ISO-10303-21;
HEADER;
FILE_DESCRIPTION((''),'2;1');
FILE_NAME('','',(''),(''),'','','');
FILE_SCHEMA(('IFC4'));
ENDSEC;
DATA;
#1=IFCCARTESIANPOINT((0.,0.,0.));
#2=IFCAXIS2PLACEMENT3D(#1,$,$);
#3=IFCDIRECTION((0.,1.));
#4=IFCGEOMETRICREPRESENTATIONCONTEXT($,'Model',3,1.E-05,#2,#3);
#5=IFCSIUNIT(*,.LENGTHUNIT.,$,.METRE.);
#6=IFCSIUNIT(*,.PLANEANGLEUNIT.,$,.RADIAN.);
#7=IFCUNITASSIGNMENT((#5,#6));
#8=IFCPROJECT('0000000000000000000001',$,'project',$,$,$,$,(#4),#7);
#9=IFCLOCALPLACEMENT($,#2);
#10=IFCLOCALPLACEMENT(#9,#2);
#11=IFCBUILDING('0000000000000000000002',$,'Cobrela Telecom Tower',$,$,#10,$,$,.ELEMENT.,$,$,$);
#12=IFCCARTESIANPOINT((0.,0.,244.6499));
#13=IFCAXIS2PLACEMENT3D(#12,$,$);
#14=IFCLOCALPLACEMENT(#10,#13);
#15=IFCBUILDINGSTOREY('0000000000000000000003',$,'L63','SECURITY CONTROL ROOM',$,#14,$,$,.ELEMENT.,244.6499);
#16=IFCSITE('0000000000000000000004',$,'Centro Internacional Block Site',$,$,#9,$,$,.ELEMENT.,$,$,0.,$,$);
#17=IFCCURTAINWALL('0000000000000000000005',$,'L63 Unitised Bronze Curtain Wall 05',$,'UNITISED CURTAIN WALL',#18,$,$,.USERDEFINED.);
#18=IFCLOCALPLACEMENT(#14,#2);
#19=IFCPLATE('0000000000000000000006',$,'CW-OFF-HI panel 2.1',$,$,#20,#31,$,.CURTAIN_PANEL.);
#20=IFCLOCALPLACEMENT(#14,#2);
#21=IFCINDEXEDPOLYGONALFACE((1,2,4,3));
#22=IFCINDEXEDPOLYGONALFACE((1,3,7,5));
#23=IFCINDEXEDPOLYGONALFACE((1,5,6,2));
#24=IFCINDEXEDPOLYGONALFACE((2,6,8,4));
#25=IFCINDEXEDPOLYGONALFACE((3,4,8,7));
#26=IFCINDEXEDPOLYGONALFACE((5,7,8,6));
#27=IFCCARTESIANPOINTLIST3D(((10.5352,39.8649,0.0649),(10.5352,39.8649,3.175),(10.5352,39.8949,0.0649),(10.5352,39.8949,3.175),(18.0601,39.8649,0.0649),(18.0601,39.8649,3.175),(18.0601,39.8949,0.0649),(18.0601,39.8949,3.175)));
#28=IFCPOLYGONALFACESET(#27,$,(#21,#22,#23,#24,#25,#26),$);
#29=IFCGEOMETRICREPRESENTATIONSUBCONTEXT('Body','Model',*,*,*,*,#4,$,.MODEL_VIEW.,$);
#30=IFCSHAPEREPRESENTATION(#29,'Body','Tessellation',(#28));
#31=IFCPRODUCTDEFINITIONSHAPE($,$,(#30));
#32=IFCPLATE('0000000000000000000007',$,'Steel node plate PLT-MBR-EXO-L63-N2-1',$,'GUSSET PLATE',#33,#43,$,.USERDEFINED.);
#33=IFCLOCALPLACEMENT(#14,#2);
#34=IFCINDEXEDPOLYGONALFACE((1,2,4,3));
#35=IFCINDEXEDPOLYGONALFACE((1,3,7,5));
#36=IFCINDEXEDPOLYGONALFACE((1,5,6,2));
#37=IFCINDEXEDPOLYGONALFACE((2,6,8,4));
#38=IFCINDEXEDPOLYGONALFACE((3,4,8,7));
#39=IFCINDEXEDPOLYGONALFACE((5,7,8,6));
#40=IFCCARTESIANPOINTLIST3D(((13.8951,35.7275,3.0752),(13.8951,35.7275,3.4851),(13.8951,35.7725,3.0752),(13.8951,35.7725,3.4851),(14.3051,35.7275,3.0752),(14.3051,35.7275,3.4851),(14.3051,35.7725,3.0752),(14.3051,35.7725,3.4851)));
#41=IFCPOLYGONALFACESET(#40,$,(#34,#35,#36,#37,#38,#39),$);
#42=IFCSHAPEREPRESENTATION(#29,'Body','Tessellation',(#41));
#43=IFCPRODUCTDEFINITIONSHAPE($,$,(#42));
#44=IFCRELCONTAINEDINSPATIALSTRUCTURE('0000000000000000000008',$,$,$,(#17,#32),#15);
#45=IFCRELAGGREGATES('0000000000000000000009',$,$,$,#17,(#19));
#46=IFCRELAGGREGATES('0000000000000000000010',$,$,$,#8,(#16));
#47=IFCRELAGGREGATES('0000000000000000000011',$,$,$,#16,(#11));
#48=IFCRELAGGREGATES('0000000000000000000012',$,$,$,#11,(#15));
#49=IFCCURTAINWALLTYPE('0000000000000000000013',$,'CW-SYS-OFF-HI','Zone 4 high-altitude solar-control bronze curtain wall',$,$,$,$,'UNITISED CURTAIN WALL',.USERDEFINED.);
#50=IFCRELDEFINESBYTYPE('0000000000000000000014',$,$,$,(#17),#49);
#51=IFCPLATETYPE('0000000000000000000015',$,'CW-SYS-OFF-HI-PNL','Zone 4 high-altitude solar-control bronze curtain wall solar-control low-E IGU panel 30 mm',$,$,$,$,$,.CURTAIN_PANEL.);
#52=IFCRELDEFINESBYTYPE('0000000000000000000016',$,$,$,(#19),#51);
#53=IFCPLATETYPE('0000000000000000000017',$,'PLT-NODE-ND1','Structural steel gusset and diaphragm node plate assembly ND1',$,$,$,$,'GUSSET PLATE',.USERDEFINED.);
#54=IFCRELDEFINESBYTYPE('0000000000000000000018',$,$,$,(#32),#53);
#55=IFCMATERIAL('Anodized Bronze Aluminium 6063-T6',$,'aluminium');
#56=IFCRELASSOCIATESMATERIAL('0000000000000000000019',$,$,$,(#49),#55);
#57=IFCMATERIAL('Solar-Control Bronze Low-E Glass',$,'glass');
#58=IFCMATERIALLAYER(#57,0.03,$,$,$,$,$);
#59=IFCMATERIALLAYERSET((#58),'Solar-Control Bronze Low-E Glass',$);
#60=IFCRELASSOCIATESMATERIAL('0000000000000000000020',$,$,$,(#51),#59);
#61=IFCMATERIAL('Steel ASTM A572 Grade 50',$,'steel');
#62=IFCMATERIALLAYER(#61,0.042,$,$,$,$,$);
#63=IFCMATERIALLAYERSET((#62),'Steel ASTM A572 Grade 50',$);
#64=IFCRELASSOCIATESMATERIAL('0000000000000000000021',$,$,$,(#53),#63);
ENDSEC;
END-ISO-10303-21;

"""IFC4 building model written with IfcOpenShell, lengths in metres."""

from ifc_helpers import new_model, si_unit, direction, frame, origin, origin_2d, place, context, subcontext, project, spatial, rectangle, extrude, material, layer, layer_set, type_object, element, aggregate, save


model = new_model("IFC4")

# Units and contexts
model_context = context("Model", 3, precision=1e-05, world=origin(), true_north=direction((0.0, 1.0)))
body_context = subcontext(model_context, "Body", "Model", "MODEL_VIEW")
ifc_project = project(units=[si_unit("LENGTHUNIT", "METRE"), si_unit("PLANEANGLEUNIT", "RADIAN")], contexts=[model_context])

# Site, building, storey
site_placement = place(None, origin())
site = spatial("IfcSite", under=ifc_project, at=site_placement, Name="Centro Internacional Block Site", CompositionType="ELEMENT", RefElevation=0.0)
building_placement = place(site_placement, origin())
building = spatial("IfcBuilding", under=site, at=building_placement, Name="Cobrela Telecom Tower", CompositionType="ELEMENT")
storey_placement = place(building_placement, frame((0.0, 0.0, 244.6499)))
storey = spatial("IfcBuildingStorey", under=building, at=storey_placement, Name="L63", Description="SECURITY CONTROL ROOM", CompositionType="ELEMENT", Elevation=244.6499)

# Shared definitions
ifc_material_1 = material(Name="Steel ASTM A572 Grade 50", Category="steel")

# Curtain wall
ifc_material_2 = material(Name="Anodized Bronze Aluminium 6063-T6", Category="aluminium")
curtain_wall_type = type_object("IfcCurtainWallType", Name="CW-SYS-OFF-HI", Description="Zone 4 high-altitude solar-control bronze curtain wall", ElementType="UNITISED CURTAIN WALL", PredefinedType="USERDEFINED", material=ifc_material_2)
curtain_wall_placement = place(storey_placement, origin())
curtain_wall = element("IfcCurtainWall", 1, at=curtain_wall_placement, inside=storey, type_object=curtain_wall_type, Name="L63 Unitised Bronze Curtain Wall 05", ObjectType="UNITISED CURTAIN WALL", PredefinedType="USERDEFINED")

# Plates
ifc_material_3 = material(Name="Solar-Control Bronze Low-E Glass", Category="glass")
ifc_layer_1 = layer(ifc_material_3, 0.03)
ifc_layer_set_1 = layer_set([ifc_layer_1], Name="Solar-Control Bronze Low-E Glass")
plate_type_1 = type_object("IfcPlateType", Name="CW-SYS-OFF-HI-PNL", Description="Zone 4 high-altitude solar-control bronze curtain wall solar-control low-E IGU panel 30 mm", PredefinedType="CURTAIN_PANEL", material=ifc_layer_set_1)
plate_1_placement = place(storey_placement, frame((14.2976, 39.8799, 0.0649), z_axis=(0.0, 0.0, 1.0), x_axis=(1.0, 0.0, 0.0)))
plate_1 = element("IfcPlate", 2, at=plate_1_placement, type_object=plate_type_1, Name="CW-OFF-HI panel 2.1", PredefinedType="CURTAIN_PANEL", context=body_context, shape_type="SweptSolid", body=[
    extrude(rectangle(XDim=7.5249, YDim=0.03, at=origin_2d()), origin(), (0.0, 0.0, 1.0), 3.1101),
])
aggregate(curtain_wall, [plate_1])
ifc_layer_2 = layer(ifc_material_1, 0.042)
ifc_layer_set_2 = layer_set([ifc_layer_2], Name="Steel ASTM A572 Grade 50")
plate_type_2 = type_object("IfcPlateType", Name="PLT-NODE-ND1", Description="Structural steel gusset and diaphragm node plate assembly ND1", ElementType="GUSSET PLATE", PredefinedType="USERDEFINED", material=ifc_layer_set_2)
plate_2_placement = place(storey_placement, frame((14.1001, 35.75, 3.0752), z_axis=(0.0, 0.0, 1.0), x_axis=(1.0, 0.0, 0.0)))
element("IfcPlate", 3, at=plate_2_placement, inside=storey, type_object=plate_type_2, Name="Steel node plate PLT-MBR-EXO-L63-N2-1", ObjectType="GUSSET PLATE", PredefinedType="USERDEFINED", context=body_context, shape_type="SweptSolid", body=[
    extrude(rectangle(XDim=0.4099, YDim=0.0449, at=origin_2d()), origin(), (0.0, 0.0, 1.0), 0.4099),
])

save(model, "model.ifc")
